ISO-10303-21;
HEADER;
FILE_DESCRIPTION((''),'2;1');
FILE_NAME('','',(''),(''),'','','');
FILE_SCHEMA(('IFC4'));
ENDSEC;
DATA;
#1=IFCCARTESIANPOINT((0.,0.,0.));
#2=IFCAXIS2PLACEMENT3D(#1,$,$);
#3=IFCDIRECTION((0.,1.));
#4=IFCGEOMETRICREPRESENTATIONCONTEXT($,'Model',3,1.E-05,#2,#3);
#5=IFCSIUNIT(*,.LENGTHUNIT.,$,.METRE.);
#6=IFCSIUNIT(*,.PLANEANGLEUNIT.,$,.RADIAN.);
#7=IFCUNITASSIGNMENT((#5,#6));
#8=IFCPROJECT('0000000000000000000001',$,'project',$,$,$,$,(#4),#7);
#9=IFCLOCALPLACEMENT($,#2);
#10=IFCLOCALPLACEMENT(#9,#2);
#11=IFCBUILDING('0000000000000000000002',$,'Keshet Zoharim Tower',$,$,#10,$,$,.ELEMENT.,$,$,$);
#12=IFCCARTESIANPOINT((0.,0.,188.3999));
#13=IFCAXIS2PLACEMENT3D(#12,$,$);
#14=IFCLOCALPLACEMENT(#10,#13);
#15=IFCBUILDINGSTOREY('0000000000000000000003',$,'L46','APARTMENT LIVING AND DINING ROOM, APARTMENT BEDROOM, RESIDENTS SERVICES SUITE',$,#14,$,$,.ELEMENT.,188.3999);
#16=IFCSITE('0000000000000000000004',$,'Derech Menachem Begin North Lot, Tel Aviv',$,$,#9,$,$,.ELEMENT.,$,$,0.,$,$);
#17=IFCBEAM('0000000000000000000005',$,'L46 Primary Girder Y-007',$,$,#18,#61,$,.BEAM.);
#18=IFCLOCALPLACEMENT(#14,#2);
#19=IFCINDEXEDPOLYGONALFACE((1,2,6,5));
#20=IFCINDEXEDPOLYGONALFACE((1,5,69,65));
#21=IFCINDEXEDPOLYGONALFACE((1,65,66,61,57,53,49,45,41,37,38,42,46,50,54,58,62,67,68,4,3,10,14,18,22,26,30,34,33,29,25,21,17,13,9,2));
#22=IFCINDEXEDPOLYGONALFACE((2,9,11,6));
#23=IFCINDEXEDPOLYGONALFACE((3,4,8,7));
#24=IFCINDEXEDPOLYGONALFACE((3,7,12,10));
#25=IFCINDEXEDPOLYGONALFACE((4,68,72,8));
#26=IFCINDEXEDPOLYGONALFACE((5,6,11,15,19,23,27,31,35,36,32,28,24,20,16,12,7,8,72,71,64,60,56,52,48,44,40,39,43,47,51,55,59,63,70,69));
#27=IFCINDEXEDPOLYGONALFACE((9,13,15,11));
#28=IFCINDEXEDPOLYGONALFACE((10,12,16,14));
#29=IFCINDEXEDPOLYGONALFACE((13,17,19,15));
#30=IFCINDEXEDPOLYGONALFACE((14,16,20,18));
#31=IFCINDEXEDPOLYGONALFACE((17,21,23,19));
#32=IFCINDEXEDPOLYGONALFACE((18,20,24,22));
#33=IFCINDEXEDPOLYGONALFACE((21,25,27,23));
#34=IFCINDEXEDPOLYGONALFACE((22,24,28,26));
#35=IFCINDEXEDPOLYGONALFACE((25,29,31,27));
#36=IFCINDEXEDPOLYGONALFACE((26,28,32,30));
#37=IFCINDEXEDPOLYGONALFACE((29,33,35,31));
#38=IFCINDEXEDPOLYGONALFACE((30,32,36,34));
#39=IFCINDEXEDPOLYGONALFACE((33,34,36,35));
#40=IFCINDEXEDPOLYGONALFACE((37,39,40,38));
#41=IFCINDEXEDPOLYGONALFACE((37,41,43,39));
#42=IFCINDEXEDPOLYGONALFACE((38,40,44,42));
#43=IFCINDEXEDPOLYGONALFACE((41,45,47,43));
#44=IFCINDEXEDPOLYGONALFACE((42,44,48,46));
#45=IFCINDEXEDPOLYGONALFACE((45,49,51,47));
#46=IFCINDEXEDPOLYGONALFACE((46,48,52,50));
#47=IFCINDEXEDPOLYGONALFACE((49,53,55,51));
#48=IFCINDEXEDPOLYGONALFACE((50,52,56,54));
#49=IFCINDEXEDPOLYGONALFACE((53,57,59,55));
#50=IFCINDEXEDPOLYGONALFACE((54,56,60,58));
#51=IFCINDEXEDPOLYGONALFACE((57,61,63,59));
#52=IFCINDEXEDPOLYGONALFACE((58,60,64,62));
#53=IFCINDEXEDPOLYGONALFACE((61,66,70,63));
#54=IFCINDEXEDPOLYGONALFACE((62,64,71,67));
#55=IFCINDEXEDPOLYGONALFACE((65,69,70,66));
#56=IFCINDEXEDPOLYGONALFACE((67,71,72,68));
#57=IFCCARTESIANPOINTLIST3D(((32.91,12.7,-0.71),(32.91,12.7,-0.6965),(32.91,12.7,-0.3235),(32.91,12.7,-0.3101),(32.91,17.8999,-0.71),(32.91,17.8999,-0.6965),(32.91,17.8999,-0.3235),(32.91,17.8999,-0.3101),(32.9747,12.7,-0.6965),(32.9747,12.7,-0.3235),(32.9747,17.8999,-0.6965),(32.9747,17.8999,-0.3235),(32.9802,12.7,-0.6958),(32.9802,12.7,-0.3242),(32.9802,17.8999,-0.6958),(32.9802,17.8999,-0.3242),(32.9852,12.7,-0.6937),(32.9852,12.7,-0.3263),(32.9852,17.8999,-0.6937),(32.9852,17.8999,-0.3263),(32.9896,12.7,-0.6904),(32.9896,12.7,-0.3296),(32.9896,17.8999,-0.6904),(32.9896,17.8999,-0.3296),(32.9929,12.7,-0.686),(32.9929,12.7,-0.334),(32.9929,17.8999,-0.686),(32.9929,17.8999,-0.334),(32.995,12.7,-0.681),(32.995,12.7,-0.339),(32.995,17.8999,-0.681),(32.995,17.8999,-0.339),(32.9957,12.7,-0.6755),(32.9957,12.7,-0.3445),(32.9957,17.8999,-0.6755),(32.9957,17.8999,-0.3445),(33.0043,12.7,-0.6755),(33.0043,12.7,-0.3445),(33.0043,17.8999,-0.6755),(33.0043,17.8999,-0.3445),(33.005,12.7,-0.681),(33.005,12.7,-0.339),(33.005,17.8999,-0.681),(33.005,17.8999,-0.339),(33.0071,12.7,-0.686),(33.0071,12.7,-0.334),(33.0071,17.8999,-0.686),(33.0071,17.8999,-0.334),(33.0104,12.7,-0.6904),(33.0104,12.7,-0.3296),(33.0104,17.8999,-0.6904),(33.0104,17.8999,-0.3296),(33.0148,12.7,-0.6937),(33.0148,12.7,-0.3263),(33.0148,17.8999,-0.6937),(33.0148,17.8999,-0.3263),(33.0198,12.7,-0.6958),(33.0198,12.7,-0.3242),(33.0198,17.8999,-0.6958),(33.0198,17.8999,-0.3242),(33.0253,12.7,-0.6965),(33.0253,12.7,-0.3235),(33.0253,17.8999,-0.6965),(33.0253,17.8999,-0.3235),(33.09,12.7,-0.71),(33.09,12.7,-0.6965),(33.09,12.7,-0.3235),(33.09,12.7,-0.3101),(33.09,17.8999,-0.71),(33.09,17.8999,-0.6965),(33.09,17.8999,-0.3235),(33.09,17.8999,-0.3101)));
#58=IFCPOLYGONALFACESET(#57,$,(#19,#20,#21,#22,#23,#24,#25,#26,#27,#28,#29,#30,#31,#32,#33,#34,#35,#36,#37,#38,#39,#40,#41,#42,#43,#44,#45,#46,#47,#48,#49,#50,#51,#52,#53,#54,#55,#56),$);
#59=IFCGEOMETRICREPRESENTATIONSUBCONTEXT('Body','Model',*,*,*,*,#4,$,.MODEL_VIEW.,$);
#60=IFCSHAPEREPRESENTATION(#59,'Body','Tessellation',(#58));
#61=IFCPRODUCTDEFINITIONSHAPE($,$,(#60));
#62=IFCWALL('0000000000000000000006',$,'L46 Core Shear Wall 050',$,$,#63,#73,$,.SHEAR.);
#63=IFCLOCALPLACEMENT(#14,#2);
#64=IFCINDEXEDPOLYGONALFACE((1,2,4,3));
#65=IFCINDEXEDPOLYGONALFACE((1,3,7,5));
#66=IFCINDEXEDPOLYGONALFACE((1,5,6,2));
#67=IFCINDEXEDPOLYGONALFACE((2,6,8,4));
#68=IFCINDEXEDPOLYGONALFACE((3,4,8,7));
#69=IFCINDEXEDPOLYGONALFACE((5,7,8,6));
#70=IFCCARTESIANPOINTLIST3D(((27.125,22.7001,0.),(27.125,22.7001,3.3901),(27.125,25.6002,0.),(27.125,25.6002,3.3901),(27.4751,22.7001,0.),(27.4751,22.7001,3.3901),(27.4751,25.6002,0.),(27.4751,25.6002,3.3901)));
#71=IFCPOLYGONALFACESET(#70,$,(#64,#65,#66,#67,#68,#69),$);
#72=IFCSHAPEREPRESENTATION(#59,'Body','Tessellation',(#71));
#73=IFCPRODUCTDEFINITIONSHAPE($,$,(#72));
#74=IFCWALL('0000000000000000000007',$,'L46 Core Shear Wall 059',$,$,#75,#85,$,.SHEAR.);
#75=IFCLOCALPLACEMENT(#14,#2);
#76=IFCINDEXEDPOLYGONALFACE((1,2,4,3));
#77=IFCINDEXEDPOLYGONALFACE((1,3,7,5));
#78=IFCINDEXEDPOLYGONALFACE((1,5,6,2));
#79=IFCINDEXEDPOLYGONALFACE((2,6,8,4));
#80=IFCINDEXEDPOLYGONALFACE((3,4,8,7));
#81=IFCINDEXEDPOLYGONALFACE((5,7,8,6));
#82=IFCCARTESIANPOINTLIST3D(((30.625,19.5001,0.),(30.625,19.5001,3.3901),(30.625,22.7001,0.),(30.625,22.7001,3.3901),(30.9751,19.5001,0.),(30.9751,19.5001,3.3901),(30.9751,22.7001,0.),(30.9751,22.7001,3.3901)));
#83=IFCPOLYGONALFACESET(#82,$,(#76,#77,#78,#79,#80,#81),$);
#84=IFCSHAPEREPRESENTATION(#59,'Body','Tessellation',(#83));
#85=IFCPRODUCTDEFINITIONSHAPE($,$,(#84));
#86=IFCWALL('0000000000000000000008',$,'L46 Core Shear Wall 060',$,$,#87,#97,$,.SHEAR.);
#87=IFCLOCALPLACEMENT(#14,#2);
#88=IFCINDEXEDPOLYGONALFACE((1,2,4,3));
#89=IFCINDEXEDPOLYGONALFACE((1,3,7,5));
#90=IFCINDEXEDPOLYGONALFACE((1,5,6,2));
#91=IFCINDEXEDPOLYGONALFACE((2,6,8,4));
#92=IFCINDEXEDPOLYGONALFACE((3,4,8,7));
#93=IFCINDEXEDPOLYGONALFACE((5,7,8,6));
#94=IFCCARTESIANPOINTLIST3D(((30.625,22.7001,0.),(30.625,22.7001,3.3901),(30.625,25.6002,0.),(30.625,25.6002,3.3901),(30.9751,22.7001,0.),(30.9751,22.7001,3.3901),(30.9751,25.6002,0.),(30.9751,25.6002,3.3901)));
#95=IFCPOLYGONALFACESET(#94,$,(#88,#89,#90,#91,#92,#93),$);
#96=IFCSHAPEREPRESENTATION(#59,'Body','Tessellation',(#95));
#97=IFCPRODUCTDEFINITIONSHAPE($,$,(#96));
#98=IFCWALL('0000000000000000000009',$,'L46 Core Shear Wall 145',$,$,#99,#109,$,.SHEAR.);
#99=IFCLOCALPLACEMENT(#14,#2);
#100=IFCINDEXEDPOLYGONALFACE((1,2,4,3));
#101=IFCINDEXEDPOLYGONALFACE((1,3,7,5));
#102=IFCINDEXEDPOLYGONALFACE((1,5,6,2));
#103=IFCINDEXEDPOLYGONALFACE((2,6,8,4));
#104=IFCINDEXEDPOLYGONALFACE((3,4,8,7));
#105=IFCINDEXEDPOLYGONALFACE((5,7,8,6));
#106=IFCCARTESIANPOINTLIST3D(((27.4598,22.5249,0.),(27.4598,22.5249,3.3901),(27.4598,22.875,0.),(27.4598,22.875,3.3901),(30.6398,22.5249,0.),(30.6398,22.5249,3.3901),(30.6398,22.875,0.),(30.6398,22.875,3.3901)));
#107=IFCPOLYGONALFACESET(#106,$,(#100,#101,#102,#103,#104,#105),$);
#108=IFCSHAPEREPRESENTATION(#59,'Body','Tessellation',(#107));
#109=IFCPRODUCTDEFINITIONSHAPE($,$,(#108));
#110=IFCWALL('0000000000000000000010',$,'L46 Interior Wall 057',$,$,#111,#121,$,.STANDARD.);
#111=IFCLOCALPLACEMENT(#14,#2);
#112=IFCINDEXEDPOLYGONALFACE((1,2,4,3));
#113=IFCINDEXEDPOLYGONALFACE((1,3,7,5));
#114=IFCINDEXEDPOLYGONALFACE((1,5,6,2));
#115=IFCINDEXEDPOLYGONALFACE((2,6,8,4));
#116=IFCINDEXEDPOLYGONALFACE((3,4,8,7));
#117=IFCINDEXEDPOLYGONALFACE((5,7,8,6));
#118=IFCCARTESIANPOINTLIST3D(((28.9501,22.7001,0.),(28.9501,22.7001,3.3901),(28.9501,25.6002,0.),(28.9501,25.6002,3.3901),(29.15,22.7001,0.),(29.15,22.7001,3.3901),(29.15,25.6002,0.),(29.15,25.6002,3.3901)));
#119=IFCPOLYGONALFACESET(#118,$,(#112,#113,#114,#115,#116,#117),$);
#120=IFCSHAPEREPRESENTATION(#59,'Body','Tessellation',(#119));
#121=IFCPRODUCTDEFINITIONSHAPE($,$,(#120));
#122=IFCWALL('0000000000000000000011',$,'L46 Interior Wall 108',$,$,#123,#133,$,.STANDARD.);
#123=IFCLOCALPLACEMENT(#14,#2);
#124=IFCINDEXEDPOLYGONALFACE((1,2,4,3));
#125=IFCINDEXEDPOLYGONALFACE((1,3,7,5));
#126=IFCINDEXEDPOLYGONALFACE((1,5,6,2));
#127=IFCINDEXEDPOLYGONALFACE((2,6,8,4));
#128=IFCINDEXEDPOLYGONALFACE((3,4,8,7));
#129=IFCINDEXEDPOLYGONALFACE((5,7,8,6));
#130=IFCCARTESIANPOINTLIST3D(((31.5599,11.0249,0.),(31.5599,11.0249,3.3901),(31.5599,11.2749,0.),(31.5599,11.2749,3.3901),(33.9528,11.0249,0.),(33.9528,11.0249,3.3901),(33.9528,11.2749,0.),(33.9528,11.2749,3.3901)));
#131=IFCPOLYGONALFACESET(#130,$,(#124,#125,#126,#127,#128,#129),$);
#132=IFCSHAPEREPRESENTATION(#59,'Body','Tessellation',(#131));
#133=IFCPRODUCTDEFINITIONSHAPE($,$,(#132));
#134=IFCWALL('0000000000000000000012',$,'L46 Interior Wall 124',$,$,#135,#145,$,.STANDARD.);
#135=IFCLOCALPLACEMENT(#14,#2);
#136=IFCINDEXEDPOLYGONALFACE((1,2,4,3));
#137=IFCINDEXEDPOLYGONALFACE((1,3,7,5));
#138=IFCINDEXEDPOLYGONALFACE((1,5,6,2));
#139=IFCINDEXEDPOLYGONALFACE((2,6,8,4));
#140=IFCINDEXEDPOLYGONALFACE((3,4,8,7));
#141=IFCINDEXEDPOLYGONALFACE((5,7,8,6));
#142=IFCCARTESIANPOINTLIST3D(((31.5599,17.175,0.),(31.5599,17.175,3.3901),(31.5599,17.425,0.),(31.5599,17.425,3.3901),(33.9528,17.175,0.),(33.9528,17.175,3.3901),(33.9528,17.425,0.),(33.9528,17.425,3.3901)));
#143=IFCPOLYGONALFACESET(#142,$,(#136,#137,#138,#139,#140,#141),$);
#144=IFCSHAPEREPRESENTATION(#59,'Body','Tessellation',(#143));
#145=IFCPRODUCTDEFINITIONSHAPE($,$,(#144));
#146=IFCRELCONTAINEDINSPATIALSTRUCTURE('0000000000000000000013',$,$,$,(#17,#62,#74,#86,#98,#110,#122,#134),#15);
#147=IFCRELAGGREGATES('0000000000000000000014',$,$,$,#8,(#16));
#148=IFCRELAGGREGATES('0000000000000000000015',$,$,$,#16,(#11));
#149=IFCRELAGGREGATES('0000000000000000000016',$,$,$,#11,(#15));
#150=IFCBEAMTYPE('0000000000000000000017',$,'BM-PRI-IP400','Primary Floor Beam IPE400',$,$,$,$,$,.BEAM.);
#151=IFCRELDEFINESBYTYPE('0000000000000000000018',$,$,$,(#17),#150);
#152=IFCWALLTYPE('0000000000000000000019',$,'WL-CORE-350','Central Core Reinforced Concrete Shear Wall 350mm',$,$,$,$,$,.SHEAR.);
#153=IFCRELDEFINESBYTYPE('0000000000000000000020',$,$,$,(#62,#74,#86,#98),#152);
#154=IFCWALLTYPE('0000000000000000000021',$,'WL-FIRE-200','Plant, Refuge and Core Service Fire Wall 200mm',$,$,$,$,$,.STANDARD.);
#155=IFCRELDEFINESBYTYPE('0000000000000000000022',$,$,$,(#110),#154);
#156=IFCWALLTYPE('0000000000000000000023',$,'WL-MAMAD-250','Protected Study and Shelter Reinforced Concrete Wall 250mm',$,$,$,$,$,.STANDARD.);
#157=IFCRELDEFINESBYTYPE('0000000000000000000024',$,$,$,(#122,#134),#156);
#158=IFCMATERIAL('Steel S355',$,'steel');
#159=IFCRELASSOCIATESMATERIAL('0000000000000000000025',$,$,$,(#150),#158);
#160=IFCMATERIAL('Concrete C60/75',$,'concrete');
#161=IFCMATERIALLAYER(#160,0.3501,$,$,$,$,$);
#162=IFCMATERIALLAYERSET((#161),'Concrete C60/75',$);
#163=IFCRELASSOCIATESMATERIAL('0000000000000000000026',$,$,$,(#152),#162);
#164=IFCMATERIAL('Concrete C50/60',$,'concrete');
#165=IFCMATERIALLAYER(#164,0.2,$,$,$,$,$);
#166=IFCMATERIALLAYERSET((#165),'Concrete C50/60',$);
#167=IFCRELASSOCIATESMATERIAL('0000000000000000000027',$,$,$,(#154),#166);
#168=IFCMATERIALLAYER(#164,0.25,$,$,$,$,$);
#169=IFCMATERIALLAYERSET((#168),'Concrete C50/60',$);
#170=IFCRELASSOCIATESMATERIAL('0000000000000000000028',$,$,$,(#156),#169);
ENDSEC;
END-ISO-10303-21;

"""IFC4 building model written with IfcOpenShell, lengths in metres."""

from ifc_helpers import new_model, si_unit, direction, frame, frame_2d, origin, origin_2d, place, context, subcontext, project, spatial, rectangle, i_section, extrude, material, layer, layer_set, material_profile, profile_set, type_object, element, save


model = new_model("IFC4")

# Units and contexts
model_context = context("Model", 3, precision=1e-05, world=origin(), true_north=direction((0.0, 1.0)))
body_context = subcontext(model_context, "Body", "Model", "MODEL_VIEW")
ifc_project = project(units=[si_unit("LENGTHUNIT", "METRE"), si_unit("PLANEANGLEUNIT", "RADIAN")], contexts=[model_context])

# Site, building, storey
site_placement = place(None, origin())
site = spatial("IfcSite", under=ifc_project, at=site_placement, Name="Derech Menachem Begin North Lot, Tel Aviv", CompositionType="ELEMENT", RefElevation=0.0)
building_placement = place(site_placement, origin())
building = spatial("IfcBuilding", under=site, at=building_placement, Name="Keshet Zoharim Tower", CompositionType="ELEMENT")
storey_placement = place(building_placement, frame((0.0, 0.0, 188.3999)))
storey = spatial("IfcBuildingStorey", under=building, at=storey_placement, Name="L46", Description="APARTMENT LIVING AND DINING ROOM, APARTMENT BEDROOM, RESIDENTS SERVICES SUITE", CompositionType="ELEMENT", Elevation=188.3999)

# Shared definitions
ifc_material_1 = material(Name="Concrete C60/75", Category="concrete")

# Beam
ifc_material_2 = material(Name="Steel S355", Category="steel")
ifc_material_profile_1 = material_profile(ifc_material_2, i_section(OverallWidth=0.1799, OverallDepth=0.3999, WebThickness=0.0085, FlangeThickness=0.0134, FilletRadius=0.021, at=origin_2d()), Name="IPE400")
ifc_profile_set_1 = profile_set([ifc_material_profile_1], Name="Steel S355")
beam_type_1 = type_object("IfcBeamType", Name="BM-PRI-IP400", Description="Primary Floor Beam IPE400", PredefinedType="BEAM", material=ifc_profile_set_1)
beam_1_placement = place(storey_placement, frame((33.0, 12.7, -0.51), z_axis=(0.0, 1.0, 0.0), x_axis=(-1.0, 0.0, 0.0)))
element("IfcBeam", 1, at=beam_1_placement, inside=storey, type_object=beam_type_1, Name="L46 Primary Girder Y-007", PredefinedType="BEAM", context=body_context, shape_type="SweptSolid", body=[
    extrude(i_section(OverallWidth=0.1799, OverallDepth=0.3999, WebThickness=0.0085, FlangeThickness=0.0134, FilletRadius=0.021, at=origin_2d()), origin(), (0.0, 0.0, 1.0), 5.2),
])

# Walls
ifc_layer_1 = layer(ifc_material_1, 0.3501)
ifc_layer_set_1 = layer_set([ifc_layer_1], Name="Concrete C60/75")
wall_type_1 = type_object("IfcWallType", Name="WL-CORE-350", Description="Central Core Reinforced Concrete Shear Wall 350mm", PredefinedType="SHEAR", material=ifc_layer_set_1)
wall_1_placement = place(storey_placement, frame((27.3, 22.7, 0.0), z_axis=(0.0, 0.0, 1.0), x_axis=(0.0, 1.0, 0.0)))
element("IfcWall", 2, at=wall_1_placement, inside=storey, type_object=wall_type_1, Name="L46 Core Shear Wall 050", PredefinedType="SHEAR", context=body_context, shape_type="SweptSolid", body=[
    extrude(rectangle(XDim=2.9001, YDim=0.3501, at=frame_2d((1.4502, 0.0))), origin(), (0.0, 0.0, 1.0), 3.3901),
])
wall_2_placement = place(storey_placement, frame((30.8, 19.5, 0.0), z_axis=(0.0, 0.0, 1.0), x_axis=(0.0, 1.0, 0.0)))
element("IfcWall", 3, at=wall_2_placement, inside=storey, type_object=wall_type_1, Name="L46 Core Shear Wall 059", PredefinedType="SHEAR", context=body_context, shape_type="SweptSolid", body=[
    extrude(rectangle(XDim=3.2, YDim=0.3501, at=frame_2d((1.6001, 0.0))), origin(), (0.0, 0.0, 1.0), 3.3901),
])
wall_3_placement = place(storey_placement, frame((30.8, 22.7, 0.0), z_axis=(0.0, 0.0, 1.0), x_axis=(0.0, 1.0, 0.0)))
element("IfcWall", 4, at=wall_3_placement, inside=storey, type_object=wall_type_1, Name="L46 Core Shear Wall 060", PredefinedType="SHEAR", context=body_context, shape_type="SweptSolid", body=[
    extrude(rectangle(XDim=2.9001, YDim=0.3501, at=frame_2d((1.4502, 0.0))), origin(), (0.0, 0.0, 1.0), 3.3901),
])
wall_4_placement = place(storey_placement, frame((27.46, 22.7, 0.0), z_axis=(0.0, 0.0, 1.0), x_axis=(1.0, 0.0, 0.0)))
element("IfcWall", 5, at=wall_4_placement, inside=storey, type_object=wall_type_1, Name="L46 Core Shear Wall 145", PredefinedType="SHEAR", context=body_context, shape_type="SweptSolid", body=[
    extrude(rectangle(XDim=3.1799, YDim=0.3501, at=frame_2d((1.5898, 0.0))), origin(), (0.0, 0.0, 1.0), 3.3901),
])
ifc_material_3 = material(Name="Concrete C50/60", Category="concrete")
ifc_layer_2 = layer(ifc_material_3, 0.2)
ifc_layer_set_2 = layer_set([ifc_layer_2], Name="Concrete C50/60")
wall_type_2 = type_object("IfcWallType", Name="WL-FIRE-200", Description="Plant, Refuge and Core Service Fire Wall 200mm", PredefinedType="STANDARD", material=ifc_layer_set_2)
wall_5_placement = place(storey_placement, frame((29.05, 22.7, 0.0), z_axis=(0.0, 0.0, 1.0), x_axis=(0.0, 1.0, 0.0)))
element("IfcWall", 6, at=wall_5_placement, inside=storey, type_object=wall_type_2, Name="L46 Interior Wall 057", PredefinedType="STANDARD", context=body_context, shape_type="SweptSolid", body=[
    extrude(rectangle(XDim=2.9001, YDim=0.2, at=frame_2d((1.4502, 0.0))), origin(), (0.0, 0.0, 1.0), 3.3901),
])

# Shared definitions
ifc_layer_3 = layer(ifc_material_3, 0.25)
ifc_layer_set_3 = layer_set([ifc_layer_3], Name="Concrete C50/60")
wall_type_3 = type_object("IfcWallType", Name="WL-MAMAD-250", Description="Protected Study and Shelter Reinforced Concrete Wall 250mm", PredefinedType="STANDARD", material=ifc_layer_set_3)

# Walls
for number, where, z_axis, x_axis, name in (
    (7, (31.5601, 11.1499, 0.0), (0.0, 0.0, 1.0), (1.0, 0.0, 0.0), "L46 Interior Wall 108"),
    (8, (31.5601, 17.3, 0.0), (0.0, 0.0, 1.0), (1.0, 0.0, 0.0), "L46 Interior Wall 124"),
):
    element("IfcWall", number, at=place(storey_placement, frame(where, z_axis=z_axis, x_axis=x_axis)), inside=storey, type_object=wall_type_3, Name=name, PredefinedType="STANDARD", context=body_context, shape_type="SweptSolid", body=[
        extrude(rectangle(XDim=2.3928, YDim=0.25, at=frame_2d((1.1963, 0.0))), origin(), (0.0, 0.0, 1.0), 3.3901),
    ])

save(model, "model.ifc")
